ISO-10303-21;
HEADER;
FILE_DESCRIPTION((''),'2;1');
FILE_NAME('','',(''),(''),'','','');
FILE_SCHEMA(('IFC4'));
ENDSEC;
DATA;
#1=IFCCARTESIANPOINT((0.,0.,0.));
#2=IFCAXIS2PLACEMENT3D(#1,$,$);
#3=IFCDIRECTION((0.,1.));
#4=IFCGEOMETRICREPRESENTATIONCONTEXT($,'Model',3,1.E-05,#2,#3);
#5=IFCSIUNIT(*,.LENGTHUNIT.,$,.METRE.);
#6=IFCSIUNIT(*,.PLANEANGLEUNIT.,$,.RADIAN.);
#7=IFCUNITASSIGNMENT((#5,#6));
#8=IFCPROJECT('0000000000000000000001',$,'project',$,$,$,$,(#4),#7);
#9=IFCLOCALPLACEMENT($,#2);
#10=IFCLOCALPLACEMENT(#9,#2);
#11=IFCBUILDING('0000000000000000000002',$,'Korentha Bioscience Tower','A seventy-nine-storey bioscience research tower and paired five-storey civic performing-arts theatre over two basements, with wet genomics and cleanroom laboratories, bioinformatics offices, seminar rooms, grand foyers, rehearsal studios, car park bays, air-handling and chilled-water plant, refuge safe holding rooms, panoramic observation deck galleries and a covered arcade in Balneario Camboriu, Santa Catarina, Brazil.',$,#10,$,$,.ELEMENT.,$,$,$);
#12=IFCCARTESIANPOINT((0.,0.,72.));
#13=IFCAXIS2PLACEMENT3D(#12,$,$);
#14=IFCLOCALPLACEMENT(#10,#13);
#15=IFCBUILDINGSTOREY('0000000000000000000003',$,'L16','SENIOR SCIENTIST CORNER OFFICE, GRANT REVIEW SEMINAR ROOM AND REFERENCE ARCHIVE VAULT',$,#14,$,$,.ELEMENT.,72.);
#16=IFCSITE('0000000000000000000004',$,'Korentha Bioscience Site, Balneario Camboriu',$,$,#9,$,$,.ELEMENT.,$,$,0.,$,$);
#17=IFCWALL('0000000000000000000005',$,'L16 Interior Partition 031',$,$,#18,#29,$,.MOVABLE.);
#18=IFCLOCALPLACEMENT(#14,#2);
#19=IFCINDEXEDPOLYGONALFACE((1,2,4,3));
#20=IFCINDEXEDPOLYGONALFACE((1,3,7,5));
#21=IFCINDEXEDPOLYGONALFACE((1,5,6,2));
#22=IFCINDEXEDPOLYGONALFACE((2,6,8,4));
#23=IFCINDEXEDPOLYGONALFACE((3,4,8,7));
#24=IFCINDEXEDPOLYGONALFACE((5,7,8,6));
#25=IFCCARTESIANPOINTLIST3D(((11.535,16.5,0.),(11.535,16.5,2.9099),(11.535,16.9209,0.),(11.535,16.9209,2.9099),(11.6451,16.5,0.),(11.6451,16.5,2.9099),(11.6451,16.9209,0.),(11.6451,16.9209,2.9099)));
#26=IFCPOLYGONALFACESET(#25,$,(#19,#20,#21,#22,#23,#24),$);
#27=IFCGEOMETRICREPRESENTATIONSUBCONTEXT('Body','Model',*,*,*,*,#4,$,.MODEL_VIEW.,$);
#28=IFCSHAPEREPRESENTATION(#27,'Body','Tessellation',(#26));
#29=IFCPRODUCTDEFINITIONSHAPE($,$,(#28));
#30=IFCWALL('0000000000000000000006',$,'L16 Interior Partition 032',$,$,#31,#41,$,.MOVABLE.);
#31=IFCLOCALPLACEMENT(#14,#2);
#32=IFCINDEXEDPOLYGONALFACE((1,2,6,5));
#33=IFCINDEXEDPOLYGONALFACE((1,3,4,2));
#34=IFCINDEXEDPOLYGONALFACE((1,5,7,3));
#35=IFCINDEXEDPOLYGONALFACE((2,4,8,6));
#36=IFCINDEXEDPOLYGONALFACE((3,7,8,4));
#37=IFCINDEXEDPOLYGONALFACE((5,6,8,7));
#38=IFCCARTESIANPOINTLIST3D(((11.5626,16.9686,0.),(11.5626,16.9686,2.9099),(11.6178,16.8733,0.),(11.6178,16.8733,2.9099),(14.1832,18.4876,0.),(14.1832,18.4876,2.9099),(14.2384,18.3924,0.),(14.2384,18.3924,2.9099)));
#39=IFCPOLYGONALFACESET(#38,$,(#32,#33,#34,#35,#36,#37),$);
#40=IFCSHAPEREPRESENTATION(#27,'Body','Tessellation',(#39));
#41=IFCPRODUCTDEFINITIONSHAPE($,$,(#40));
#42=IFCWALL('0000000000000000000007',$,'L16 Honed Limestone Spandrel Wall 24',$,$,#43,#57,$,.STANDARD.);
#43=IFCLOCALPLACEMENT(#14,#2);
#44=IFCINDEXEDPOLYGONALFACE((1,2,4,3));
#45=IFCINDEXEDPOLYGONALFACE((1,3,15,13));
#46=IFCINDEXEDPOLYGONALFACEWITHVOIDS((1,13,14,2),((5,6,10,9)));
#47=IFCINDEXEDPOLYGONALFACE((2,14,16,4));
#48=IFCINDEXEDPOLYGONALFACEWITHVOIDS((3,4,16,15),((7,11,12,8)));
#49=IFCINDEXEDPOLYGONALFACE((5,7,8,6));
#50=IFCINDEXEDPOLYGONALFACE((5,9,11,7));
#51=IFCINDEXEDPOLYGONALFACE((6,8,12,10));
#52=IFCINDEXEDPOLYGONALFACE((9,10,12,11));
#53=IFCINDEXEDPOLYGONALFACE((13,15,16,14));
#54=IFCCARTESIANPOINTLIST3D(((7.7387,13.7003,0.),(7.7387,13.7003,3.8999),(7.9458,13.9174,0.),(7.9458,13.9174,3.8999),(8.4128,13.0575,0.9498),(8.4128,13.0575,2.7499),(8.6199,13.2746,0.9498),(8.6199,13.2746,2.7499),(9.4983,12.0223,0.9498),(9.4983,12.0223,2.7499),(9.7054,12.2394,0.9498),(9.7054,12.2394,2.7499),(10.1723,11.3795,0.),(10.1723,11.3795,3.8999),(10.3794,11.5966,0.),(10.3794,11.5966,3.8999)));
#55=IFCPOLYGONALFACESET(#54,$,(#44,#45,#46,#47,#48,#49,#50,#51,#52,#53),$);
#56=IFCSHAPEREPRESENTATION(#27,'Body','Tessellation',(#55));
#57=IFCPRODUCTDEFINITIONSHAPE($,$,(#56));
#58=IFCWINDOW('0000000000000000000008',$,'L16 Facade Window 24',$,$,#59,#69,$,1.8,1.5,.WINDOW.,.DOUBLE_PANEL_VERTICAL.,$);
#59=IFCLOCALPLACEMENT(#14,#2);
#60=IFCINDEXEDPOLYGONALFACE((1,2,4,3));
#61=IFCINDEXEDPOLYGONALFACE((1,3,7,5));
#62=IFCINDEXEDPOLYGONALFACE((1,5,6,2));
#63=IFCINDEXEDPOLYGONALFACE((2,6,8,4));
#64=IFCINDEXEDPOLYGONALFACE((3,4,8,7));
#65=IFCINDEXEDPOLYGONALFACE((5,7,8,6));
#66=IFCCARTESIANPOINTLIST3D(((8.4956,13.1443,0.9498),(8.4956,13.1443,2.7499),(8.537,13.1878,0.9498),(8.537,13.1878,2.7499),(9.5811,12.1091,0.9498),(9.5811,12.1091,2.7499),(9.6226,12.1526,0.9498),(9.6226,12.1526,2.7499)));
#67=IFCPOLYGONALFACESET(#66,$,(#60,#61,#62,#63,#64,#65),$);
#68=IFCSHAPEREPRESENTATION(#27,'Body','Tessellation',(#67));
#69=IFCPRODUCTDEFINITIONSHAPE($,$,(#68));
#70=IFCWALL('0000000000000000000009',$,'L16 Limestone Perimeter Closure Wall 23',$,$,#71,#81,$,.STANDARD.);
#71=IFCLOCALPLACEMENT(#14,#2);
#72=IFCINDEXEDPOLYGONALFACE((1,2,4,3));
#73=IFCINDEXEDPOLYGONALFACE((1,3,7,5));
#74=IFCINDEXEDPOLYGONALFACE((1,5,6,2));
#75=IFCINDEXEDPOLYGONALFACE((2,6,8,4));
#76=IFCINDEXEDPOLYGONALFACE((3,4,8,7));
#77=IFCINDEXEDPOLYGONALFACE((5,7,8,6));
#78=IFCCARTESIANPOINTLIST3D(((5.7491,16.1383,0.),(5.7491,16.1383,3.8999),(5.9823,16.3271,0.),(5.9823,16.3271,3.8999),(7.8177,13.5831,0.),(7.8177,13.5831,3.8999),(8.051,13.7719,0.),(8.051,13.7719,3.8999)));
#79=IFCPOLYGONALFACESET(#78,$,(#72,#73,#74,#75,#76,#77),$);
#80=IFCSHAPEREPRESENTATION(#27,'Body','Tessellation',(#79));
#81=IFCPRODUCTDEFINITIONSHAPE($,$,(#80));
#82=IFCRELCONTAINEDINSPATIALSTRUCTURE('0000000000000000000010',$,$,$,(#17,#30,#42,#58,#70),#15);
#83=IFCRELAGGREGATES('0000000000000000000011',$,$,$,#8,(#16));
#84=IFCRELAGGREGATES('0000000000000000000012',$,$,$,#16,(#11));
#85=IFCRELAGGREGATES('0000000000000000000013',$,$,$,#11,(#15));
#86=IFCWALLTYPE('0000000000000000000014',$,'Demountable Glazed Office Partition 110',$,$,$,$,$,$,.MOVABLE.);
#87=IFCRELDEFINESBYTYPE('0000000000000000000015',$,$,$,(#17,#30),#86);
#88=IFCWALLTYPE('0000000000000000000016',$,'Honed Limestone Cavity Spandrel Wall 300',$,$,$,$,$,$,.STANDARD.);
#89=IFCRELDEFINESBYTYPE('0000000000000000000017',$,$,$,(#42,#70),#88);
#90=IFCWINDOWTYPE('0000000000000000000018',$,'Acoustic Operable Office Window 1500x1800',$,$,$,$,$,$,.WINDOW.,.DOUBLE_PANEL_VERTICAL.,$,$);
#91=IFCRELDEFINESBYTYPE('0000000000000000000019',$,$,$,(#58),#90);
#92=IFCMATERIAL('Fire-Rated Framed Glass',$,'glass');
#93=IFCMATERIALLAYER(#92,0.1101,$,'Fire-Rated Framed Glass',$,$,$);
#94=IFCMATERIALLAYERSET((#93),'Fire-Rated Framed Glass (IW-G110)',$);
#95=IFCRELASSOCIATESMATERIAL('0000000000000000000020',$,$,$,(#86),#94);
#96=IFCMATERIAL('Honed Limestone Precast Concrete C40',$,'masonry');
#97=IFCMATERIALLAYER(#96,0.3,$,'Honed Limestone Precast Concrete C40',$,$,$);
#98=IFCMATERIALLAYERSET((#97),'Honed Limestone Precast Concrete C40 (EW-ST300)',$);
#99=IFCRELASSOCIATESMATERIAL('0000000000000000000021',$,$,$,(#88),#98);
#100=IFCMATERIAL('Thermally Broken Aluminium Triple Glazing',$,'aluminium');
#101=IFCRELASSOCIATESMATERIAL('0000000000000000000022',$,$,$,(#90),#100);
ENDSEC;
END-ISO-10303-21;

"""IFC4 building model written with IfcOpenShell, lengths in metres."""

from ifc_helpers import new_model, si_unit, direction, frame, frame_2d, origin, place, context, subcontext, project, spatial, rectangle, extrude, material, layer, layer_set, type_object, element, fill, save


model = new_model("IFC4")

# Units and contexts
model_context = context("Model", 3, precision=1e-05, world=origin(), true_north=direction((0.0, 1.0)))
body_context = subcontext(model_context, "Body", "Model", "MODEL_VIEW")
ifc_project = project(units=[si_unit("LENGTHUNIT", "METRE"), si_unit("PLANEANGLEUNIT", "RADIAN")], contexts=[model_context])

# Site, building, storey
site_placement = place(None, origin())
site = spatial("IfcSite", under=ifc_project, at=site_placement, Name="Korentha Bioscience Site, Balneario Camboriu", CompositionType="ELEMENT", RefElevation=0.0)
building_placement = place(site_placement, origin())
building = spatial("IfcBuilding", under=site, at=building_placement, Name="Korentha Bioscience Tower", Description="A seventy-nine-storey bioscience research tower and paired five-storey civic performing-arts theatre over two basements, with wet genomics and cleanroom laboratories, bioinformatics offices, seminar rooms, grand foyers, rehearsal studios, car park bays, air-handling and chilled-water plant, refuge safe holding rooms, panoramic observation deck galleries and a covered arcade in Balneario Camboriu, Santa Catarina, Brazil.", CompositionType="ELEMENT")
storey_placement = place(building_placement, frame((0.0, 0.0, 72.0)))
storey = spatial("IfcBuildingStorey", under=building, at=storey_placement, Name="L16", Description="SENIOR SCIENTIST CORNER OFFICE, GRANT REVIEW SEMINAR ROOM AND REFERENCE ARCHIVE VAULT", CompositionType="ELEMENT", Elevation=72.0)

# Walls
ifc_material_1 = material(Name="Fire-Rated Framed Glass", Category="glass")
ifc_layer_1 = layer(ifc_material_1, 0.1101, Name="Fire-Rated Framed Glass")
ifc_layer_set_1 = layer_set([ifc_layer_1], Name="Fire-Rated Framed Glass (IW-G110)")
wall_type_1 = type_object("IfcWallType", Name="Demountable Glazed Office Partition 110", PredefinedType="MOVABLE", material=ifc_layer_set_1)
wall_1_placement = place(storey_placement, frame((11.5901, 16.5, 0.0), z_axis=(0.0, 0.0, 1.0), x_axis=(0.0, 1.0, 0.0)))
element("IfcWall", 1, at=wall_1_placement, inside=storey, type_object=wall_type_1, Name="L16 Interior Partition 031", PredefinedType="MOVABLE", context=body_context, shape_type="SweptSolid", body=[
    extrude(rectangle(XDim=0.4209, YDim=0.1101, at=frame_2d((0.2104, 0.0))), origin(), (0.0, 0.0, 1.0), 2.9099),
])
wall_2_placement = place(storey_placement, frame((11.5901, 16.9209, 0.0), z_axis=(0.0, 0.0, 1.0), x_axis=(0.865161, 0.501494, 0.0)))
element("IfcWall", 2, at=wall_2_placement, inside=storey, type_object=wall_type_1, Name="L16 Interior Partition 032", PredefinedType="MOVABLE", context=body_context, shape_type="SweptSolid", body=[
    extrude(rectangle(XDim=3.0291, YDim=0.1101, at=frame_2d((1.5146, 0.0))), origin(), (0.0, 0.0, 1.0), 2.9099),
])

# Wall, opening, window
ifc_material_2 = material(Name="Honed Limestone Precast Concrete C40", Category="masonry")
ifc_layer_2 = layer(ifc_material_2, 0.3, Name="Honed Limestone Precast Concrete C40")
ifc_layer_set_2 = layer_set([ifc_layer_2], Name="Honed Limestone Precast Concrete C40 (EW-ST300)")
wall_type_2 = type_object("IfcWallType", Name="Honed Limestone Cavity Spandrel Wall 300", PredefinedType="STANDARD", material=ifc_layer_set_2)
wall_3_placement = place(storey_placement, frame((7.8423, 13.8088, 0.0), z_axis=(0.0, 0.0, 1.0), x_axis=(0.723679, -0.690137, 0.0)))
wall_3 = element("IfcWall", 3, at=wall_3_placement, inside=storey, type_object=wall_type_2, Name="L16 Honed Limestone Spandrel Wall 24", PredefinedType="STANDARD", context=body_context, shape_type="SweptSolid", body=[
    extrude(rectangle(XDim=3.3628, YDim=0.3, at=frame_2d((1.6814, 0.0))), origin(), (0.0, 0.0, 1.0), 3.8999),
])
opening_placement = place(wall_3_placement, frame((0.9314, 0.0, 0.95)))
opening = element("IfcOpeningElement", 4, at=opening_placement, cuts=wall_3, PredefinedType="OPENING", context=body_context, shape_type="SweptSolid", body=[
    extrude(rectangle(XDim=1.5, YDim=1.8, at=frame_2d((0.75, 0.8999))), frame((0.0, 0.165, 0.0), z_axis=(0.0, -1.0, 0.0), x_axis=(1.0, 0.0, 0.0)), (0.0, 0.0, 1.0), 0.3298),
])
ifc_material_3 = material(Name="Thermally Broken Aluminium Triple Glazing", Category="aluminium")
window_type = type_object("IfcWindowType", Name="Acoustic Operable Office Window 1500x1800", PartitioningType="DOUBLE_PANEL_VERTICAL", PredefinedType="WINDOW", material=ifc_material_3)
window_placement = place(opening_placement, origin())
window = element("IfcWindow", 5, at=window_placement, inside=storey, type_object=window_type, Name="L16 Facade Window 24", OverallHeight=1.8, OverallWidth=1.5, PartitioningType="DOUBLE_PANEL_VERTICAL", PredefinedType="WINDOW", context=body_context, shape_type="SweptSolid", body=[
    extrude(rectangle(XDim=1.5, YDim=1.8, at=frame_2d((0.75, 0.8999))), frame((0.0, 0.03, 0.0), z_axis=(0.0, -1.0, 0.0), x_axis=(1.0, 0.0, 0.0)), (0.0, 0.0, 1.0), 0.0601),
])
fill(opening, window)

# Wall
wall_4_placement = place(storey_placement, frame((5.8657, 16.2327, 0.0), z_axis=(0.0, 0.0, 1.0), x_axis=(0.629222, -0.777226, 0.0)))
element("IfcWall", 6, at=wall_4_placement, inside=storey, type_object=wall_type_2, Name="L16 Limestone Perimeter Closure Wall 23", PredefinedType="STANDARD", context=body_context, shape_type="SweptSolid", body=[
    extrude(rectangle(XDim=3.2876, YDim=0.3, at=frame_2d((1.6438, 0.0))), origin(), (0.0, 0.0, 1.0), 3.8999),
])

save(model, "model.ifc")
